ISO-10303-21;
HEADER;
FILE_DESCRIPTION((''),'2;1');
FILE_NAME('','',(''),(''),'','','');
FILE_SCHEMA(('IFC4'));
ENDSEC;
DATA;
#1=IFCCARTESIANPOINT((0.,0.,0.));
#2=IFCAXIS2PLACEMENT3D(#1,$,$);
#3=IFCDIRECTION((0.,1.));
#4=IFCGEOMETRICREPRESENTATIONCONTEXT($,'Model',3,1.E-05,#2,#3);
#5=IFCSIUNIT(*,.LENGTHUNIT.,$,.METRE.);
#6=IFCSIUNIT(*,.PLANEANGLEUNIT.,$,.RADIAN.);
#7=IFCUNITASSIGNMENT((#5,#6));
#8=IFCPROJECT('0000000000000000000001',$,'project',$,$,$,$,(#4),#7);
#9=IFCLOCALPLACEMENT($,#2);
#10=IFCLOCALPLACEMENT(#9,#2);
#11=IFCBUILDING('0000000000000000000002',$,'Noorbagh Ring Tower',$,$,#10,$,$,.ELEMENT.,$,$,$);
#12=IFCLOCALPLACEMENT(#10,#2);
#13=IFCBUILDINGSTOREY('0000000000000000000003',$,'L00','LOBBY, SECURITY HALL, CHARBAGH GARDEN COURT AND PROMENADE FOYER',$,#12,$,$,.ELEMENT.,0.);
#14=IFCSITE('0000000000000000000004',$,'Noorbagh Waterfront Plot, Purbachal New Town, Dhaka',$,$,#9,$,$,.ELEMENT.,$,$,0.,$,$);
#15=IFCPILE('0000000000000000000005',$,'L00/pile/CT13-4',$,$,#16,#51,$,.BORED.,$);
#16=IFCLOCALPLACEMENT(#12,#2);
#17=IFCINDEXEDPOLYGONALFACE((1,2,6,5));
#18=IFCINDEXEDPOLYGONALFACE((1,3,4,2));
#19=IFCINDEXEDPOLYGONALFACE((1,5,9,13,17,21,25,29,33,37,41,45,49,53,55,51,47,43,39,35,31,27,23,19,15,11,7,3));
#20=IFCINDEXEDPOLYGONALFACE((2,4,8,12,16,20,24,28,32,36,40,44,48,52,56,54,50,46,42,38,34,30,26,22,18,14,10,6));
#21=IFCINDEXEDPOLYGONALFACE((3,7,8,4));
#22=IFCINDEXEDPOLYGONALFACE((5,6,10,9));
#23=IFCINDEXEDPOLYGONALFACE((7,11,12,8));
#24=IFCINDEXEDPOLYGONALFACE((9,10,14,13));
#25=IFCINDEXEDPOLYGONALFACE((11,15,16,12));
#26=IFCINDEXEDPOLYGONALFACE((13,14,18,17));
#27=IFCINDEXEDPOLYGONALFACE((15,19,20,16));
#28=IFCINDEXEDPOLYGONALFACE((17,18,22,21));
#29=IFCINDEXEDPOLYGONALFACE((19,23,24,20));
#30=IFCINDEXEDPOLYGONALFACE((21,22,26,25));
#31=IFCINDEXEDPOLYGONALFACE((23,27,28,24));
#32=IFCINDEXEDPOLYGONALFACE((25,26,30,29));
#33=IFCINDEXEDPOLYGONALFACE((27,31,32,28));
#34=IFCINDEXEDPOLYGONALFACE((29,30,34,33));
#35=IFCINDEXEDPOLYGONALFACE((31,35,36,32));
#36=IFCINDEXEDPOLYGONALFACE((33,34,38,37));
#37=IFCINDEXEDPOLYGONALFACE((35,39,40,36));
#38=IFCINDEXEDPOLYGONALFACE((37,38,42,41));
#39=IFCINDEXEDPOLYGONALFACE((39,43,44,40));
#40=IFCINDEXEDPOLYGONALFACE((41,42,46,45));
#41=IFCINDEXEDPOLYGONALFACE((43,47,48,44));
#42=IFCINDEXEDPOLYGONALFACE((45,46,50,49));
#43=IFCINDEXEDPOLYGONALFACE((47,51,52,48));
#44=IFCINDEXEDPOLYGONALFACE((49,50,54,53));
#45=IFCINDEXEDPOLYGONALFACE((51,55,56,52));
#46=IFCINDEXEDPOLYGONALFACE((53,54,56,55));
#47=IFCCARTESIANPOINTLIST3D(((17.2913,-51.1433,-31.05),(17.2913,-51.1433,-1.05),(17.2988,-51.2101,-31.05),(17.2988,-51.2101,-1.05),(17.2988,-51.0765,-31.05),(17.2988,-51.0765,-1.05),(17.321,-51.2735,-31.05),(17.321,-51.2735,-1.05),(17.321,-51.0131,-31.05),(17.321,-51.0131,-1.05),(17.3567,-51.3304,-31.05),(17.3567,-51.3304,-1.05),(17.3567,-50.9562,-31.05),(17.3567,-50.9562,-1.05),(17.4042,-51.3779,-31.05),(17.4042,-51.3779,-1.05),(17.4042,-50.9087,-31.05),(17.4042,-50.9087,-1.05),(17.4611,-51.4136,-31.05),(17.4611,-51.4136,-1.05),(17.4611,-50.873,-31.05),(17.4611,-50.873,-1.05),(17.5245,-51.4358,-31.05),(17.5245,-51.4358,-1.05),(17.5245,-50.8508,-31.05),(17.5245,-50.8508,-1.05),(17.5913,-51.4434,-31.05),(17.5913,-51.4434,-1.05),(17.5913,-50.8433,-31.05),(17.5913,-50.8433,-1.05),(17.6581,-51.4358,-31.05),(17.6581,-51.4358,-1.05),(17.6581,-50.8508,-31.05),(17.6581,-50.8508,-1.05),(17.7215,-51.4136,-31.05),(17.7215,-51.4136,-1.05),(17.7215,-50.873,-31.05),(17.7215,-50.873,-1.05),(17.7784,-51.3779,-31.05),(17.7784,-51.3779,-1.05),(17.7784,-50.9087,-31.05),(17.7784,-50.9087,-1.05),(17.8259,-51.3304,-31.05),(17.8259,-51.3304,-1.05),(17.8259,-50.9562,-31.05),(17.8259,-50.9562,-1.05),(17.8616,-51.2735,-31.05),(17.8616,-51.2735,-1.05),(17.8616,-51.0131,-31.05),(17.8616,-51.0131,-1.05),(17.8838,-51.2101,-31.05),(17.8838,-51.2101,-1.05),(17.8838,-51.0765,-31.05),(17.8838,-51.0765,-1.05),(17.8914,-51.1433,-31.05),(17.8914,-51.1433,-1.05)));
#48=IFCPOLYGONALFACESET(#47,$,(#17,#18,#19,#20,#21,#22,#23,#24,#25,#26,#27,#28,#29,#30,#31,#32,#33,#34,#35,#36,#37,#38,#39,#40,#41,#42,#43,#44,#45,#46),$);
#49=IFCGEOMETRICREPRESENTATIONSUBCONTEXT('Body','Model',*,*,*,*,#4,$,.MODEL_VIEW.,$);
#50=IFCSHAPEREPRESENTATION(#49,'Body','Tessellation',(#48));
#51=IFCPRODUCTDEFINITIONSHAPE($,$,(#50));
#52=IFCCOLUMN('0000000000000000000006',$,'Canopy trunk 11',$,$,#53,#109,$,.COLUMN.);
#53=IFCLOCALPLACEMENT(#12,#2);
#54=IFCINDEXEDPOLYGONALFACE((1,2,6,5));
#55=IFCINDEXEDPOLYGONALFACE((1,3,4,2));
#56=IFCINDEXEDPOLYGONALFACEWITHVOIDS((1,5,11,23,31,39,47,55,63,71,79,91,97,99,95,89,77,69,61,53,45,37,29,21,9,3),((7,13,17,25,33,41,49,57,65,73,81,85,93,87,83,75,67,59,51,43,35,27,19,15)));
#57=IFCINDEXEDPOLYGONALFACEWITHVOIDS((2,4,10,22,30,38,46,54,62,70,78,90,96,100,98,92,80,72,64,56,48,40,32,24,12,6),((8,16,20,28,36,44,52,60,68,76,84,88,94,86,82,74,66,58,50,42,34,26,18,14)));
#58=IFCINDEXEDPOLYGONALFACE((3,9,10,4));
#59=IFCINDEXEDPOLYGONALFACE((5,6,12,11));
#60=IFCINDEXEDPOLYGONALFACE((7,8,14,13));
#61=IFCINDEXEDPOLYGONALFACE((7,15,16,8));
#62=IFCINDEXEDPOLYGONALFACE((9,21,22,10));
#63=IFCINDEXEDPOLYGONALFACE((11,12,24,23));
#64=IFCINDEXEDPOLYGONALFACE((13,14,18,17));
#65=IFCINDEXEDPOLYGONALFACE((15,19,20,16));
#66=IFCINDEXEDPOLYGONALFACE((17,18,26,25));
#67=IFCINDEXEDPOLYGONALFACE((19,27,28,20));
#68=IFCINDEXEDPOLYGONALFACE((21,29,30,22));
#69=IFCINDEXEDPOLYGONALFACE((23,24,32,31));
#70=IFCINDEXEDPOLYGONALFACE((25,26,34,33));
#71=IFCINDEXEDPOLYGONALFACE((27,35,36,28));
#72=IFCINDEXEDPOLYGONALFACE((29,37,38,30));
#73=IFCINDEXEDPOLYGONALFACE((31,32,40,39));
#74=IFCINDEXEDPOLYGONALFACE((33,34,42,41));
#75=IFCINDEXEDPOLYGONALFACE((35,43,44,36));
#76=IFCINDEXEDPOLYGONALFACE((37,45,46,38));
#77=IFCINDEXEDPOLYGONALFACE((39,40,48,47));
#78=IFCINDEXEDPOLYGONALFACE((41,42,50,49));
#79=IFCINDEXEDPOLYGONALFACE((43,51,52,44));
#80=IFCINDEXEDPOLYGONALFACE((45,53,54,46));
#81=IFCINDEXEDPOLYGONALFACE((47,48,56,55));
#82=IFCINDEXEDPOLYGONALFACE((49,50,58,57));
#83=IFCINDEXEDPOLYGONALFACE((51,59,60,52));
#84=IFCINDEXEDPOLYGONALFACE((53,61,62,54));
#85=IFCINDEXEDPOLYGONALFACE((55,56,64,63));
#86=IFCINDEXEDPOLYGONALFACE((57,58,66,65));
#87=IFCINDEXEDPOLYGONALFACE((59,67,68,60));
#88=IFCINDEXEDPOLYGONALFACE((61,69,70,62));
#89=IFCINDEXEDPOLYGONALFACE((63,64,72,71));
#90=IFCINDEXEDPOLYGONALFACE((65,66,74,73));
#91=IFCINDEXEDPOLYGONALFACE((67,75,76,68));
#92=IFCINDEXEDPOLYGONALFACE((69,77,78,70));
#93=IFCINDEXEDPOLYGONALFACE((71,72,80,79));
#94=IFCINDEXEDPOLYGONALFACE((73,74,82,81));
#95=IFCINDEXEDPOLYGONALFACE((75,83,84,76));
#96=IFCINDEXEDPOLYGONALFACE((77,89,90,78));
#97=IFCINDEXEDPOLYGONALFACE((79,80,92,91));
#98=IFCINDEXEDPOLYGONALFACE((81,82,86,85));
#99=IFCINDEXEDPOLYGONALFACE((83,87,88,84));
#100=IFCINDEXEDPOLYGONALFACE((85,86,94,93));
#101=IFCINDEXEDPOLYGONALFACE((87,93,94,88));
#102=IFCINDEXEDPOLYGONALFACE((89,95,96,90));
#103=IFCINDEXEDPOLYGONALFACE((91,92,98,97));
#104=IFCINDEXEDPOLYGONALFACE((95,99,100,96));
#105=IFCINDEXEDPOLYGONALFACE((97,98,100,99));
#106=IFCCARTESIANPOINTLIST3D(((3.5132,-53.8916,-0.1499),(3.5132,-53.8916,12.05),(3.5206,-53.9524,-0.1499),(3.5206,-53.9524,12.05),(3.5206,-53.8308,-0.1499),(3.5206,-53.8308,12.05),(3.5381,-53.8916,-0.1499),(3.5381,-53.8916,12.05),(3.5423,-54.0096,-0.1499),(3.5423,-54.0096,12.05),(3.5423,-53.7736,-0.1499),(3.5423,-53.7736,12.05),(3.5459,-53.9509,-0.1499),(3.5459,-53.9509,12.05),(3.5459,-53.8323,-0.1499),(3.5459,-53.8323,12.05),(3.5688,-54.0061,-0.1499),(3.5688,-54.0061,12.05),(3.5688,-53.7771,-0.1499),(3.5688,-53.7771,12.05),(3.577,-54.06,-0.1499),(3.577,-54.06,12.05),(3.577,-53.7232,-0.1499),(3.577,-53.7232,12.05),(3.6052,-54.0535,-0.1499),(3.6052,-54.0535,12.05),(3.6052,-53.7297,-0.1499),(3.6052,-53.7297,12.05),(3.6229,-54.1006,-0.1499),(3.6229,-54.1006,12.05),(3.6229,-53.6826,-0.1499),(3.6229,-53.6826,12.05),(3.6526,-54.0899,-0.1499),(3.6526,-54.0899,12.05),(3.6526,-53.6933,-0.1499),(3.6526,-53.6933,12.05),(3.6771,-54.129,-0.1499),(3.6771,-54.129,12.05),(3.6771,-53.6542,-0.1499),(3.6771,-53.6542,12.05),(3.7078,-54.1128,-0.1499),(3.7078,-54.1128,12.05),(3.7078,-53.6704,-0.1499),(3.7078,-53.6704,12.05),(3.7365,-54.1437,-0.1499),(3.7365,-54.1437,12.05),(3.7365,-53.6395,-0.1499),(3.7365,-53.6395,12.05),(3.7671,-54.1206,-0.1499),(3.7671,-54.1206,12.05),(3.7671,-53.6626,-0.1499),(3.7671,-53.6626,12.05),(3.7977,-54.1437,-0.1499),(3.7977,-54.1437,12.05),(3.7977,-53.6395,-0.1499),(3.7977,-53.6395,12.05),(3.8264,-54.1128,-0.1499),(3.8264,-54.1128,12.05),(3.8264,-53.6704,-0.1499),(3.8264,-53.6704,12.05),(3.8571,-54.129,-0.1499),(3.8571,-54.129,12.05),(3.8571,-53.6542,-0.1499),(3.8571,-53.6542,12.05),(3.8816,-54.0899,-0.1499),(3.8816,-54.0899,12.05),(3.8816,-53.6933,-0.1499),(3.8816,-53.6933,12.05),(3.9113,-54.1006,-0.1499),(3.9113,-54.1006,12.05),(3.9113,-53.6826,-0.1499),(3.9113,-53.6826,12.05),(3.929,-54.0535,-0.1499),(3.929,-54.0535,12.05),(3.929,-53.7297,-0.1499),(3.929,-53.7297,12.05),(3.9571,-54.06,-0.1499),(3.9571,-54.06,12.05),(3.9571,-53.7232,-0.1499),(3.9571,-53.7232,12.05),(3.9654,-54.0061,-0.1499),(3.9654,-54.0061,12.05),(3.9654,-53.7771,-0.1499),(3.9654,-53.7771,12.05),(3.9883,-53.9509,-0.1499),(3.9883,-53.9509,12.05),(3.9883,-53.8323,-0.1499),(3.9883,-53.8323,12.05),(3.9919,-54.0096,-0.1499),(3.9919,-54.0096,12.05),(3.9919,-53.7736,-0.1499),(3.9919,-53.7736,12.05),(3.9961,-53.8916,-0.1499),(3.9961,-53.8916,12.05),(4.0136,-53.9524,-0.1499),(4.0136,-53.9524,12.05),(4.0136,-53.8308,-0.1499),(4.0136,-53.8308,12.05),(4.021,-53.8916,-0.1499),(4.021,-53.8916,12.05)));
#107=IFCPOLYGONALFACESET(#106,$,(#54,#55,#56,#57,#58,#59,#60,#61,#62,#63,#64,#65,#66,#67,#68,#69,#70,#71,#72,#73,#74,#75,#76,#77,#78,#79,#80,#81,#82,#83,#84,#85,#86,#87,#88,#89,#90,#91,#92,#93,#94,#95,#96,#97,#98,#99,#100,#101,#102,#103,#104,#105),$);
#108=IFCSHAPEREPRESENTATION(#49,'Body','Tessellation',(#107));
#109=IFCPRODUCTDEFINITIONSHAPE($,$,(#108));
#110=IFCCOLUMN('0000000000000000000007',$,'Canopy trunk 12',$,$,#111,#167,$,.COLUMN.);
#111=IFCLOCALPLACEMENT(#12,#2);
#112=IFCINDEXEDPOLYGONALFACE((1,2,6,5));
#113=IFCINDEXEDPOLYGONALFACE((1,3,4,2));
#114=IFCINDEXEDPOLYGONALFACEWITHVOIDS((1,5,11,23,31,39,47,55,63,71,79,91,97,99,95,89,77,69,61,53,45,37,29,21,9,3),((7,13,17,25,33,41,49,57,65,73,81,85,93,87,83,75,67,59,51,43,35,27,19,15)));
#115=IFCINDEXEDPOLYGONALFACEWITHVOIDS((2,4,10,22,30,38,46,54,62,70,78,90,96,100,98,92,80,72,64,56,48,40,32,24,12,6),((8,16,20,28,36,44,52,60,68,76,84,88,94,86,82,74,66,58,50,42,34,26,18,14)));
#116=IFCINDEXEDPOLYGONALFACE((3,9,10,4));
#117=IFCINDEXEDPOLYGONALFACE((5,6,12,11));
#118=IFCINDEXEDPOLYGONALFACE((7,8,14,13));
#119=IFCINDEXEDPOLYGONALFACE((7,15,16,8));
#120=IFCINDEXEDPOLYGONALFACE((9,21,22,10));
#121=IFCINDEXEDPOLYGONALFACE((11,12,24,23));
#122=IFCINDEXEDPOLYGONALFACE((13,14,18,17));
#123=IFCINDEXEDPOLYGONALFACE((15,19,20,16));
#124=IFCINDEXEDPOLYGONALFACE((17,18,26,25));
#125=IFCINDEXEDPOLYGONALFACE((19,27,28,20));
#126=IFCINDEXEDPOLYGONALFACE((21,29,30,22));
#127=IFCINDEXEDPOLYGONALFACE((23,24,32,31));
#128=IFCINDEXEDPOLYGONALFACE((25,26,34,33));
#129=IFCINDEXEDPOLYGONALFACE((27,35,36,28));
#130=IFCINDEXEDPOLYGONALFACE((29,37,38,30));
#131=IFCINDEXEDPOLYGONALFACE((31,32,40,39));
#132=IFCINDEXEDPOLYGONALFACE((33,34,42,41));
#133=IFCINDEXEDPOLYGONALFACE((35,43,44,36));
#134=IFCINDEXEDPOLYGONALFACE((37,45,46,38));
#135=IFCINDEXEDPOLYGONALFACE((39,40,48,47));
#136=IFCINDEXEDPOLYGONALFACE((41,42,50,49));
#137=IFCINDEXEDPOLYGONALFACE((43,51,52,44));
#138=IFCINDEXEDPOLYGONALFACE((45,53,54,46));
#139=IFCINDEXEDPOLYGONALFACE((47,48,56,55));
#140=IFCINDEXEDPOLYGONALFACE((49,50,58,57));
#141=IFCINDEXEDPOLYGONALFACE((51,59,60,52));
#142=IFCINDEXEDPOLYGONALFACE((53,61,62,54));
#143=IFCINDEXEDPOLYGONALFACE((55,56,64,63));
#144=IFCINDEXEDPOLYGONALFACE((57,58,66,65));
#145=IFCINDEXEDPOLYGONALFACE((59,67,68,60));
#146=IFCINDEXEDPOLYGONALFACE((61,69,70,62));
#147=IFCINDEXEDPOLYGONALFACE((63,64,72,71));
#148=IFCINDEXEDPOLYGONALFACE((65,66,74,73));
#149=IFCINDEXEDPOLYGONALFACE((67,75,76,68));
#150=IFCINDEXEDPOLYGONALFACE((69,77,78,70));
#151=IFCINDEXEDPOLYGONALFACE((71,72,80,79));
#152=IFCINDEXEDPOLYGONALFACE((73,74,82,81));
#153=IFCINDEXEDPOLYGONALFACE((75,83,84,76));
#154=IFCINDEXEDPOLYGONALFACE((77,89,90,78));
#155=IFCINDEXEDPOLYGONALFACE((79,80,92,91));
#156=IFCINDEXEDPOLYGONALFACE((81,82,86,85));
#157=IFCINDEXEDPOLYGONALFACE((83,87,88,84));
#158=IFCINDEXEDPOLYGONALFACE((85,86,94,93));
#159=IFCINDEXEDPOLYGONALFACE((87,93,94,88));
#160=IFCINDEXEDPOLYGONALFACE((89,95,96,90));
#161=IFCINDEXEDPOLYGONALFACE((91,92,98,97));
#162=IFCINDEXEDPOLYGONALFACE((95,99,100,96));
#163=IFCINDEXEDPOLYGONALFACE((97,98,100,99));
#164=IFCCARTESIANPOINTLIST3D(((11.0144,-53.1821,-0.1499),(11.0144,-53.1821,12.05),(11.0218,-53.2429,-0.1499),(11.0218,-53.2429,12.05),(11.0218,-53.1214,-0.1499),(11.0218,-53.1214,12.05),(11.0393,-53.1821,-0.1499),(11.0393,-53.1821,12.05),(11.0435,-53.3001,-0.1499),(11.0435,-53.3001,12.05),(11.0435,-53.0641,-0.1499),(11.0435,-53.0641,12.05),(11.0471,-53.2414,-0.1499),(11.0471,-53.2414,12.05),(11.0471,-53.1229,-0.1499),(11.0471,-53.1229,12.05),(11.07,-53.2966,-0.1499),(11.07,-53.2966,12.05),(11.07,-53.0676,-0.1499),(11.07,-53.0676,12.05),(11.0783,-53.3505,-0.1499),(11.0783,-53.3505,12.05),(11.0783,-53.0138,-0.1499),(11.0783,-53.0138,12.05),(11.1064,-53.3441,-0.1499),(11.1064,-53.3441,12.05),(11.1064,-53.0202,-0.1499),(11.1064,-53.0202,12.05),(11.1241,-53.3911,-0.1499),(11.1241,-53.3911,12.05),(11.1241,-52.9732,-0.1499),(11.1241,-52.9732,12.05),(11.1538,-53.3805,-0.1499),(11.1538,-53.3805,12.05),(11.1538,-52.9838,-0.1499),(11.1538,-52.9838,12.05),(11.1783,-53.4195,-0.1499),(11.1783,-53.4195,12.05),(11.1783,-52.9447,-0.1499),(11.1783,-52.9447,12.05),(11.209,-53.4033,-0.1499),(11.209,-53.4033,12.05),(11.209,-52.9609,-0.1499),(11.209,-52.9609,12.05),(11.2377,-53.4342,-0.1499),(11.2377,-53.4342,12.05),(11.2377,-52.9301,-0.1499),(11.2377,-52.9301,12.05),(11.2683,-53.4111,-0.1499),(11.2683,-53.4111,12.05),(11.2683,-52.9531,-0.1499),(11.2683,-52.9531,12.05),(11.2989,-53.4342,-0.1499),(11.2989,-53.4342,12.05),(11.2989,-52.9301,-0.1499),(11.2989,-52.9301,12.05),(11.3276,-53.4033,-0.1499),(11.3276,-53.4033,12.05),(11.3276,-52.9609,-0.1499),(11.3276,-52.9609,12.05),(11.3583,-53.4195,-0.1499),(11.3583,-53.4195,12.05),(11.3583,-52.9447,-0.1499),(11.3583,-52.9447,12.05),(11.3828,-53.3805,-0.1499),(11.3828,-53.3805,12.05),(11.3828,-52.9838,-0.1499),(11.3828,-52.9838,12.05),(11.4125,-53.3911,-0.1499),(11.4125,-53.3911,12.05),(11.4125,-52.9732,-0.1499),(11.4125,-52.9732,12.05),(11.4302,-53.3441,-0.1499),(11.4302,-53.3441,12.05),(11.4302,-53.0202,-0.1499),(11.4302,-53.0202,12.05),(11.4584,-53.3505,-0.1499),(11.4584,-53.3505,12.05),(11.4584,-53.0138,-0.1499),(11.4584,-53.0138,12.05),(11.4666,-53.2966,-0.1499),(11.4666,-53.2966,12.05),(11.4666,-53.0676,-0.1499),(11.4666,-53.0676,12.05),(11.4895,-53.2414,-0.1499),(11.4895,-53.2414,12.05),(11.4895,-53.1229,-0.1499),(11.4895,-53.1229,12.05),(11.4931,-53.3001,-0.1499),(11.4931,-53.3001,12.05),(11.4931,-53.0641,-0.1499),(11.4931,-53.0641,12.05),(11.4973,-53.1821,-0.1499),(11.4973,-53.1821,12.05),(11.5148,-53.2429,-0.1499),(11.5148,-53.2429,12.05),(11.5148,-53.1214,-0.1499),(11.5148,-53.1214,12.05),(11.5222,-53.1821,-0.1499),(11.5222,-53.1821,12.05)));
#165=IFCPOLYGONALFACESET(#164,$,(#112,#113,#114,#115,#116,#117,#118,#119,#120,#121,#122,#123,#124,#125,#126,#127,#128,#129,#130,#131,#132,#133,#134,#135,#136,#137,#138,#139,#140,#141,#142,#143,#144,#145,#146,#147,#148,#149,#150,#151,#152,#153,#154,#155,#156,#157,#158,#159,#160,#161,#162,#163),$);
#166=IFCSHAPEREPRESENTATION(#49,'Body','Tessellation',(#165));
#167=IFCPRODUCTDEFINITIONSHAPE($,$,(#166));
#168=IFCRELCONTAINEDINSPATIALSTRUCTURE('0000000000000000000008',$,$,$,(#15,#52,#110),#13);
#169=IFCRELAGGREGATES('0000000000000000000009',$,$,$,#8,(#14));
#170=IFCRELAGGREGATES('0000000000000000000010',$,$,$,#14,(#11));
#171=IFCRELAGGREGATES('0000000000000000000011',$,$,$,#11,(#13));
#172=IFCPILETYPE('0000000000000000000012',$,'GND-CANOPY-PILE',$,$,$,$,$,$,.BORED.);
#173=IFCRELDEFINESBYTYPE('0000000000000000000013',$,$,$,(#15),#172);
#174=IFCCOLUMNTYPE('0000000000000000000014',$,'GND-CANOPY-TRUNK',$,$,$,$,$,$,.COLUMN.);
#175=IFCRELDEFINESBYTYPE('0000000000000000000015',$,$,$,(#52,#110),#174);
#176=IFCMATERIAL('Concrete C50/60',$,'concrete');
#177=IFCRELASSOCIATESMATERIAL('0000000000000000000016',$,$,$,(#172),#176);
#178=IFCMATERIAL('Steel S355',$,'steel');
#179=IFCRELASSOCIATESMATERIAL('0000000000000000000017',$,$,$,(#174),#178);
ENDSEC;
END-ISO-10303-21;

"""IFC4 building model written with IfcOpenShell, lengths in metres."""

from ifc_helpers import new_model, si_unit, direction, frame, origin, origin_2d, place, context, subcontext, project, spatial, circle, hollow_circle, extrude, material, material_profile, profile_set, type_object, element, save


model = new_model("IFC4")

# Units and contexts
model_context = context("Model", 3, precision=1e-05, world=origin(), true_north=direction((0.0, 1.0)))
body_context = subcontext(model_context, "Body", "Model", "MODEL_VIEW")
ifc_project = project(units=[si_unit("LENGTHUNIT", "METRE"), si_unit("PLANEANGLEUNIT", "RADIAN")], contexts=[model_context])

# Site, building, storey
site_placement = place(None, origin())
site = spatial("IfcSite", under=ifc_project, at=site_placement, Name="Noorbagh Waterfront Plot, Purbachal New Town, Dhaka", CompositionType="ELEMENT", RefElevation=0.0)
building_placement = place(site_placement, origin())
building = spatial("IfcBuilding", under=site, at=building_placement, Name="Noorbagh Ring Tower", CompositionType="ELEMENT")
storey_placement = place(building_placement, origin())
storey = spatial("IfcBuildingStorey", under=building, at=storey_placement, Name="L00", Description="LOBBY, SECURITY HALL, CHARBAGH GARDEN COURT AND PROMENADE FOYER", CompositionType="ELEMENT", Elevation=0.0)

# Pile
ifc_material_1 = material(Name="Concrete C50/60", Category="concrete")
ifc_material_profile_1 = material_profile(ifc_material_1, circle(Radius=0.3, at=origin_2d()), Name="PILE600")
ifc_profile_set_1 = profile_set([ifc_material_profile_1], Name="Concrete C50/60")
pile_type = type_object("IfcPileType", Name="GND-CANOPY-PILE", PredefinedType="BORED", material=ifc_profile_set_1)
for number, where, z_axis, x_axis, name in (
    (1, (17.5913, -51.1433, -1.05), (0.0, 0.0, -1.0), (1.0, 0.0, 0.0), "L00/pile/CT13-4"),
):
    element("IfcPile", number, at=place(storey_placement, frame(where, z_axis=z_axis, x_axis=x_axis)), inside=storey, type_object=pile_type, Name=name, PredefinedType="BORED", context=body_context, shape_type="SweptSolid", body=[
        extrude(circle(Radius=0.3, at=origin_2d()), origin(), (0.0, 0.0, 1.0), 30.0),
    ])

# Columns
ifc_material_2 = material(Name="Steel S355", Category="steel")
ifc_material_profile_2 = material_profile(ifc_material_2, hollow_circle(Radius=0.2539, WallThickness=0.0249, at=origin_2d()), Name="CHS508x25")
ifc_profile_set_2 = profile_set([ifc_material_profile_2], Name="Steel S355")
column_type = type_object("IfcColumnType", Name="GND-CANOPY-TRUNK", PredefinedType="COLUMN", material=ifc_profile_set_2)
for number, where, z_axis, x_axis, name in (
    (2, (3.7671, -53.8916, -0.1499), (0.0, 0.0, 1.0), (1.0, 0.0, 0.0), "Canopy trunk 11"),
    (3, (11.2683, -53.1821, -0.1499), (0.0, 0.0, 1.0), (1.0, 0.0, 0.0), "Canopy trunk 12"),
):
    element("IfcColumn", number, at=place(storey_placement, frame(where, z_axis=z_axis, x_axis=x_axis)), inside=storey, type_object=column_type, Name=name, PredefinedType="COLUMN", context=body_context, shape_type="SweptSolid", body=[
        extrude(hollow_circle(Radius=0.2539, WallThickness=0.0249, at=origin_2d()), origin(), (0.0, 0.0, 1.0), 12.2),
    ])

save(model, "model.ifc")
